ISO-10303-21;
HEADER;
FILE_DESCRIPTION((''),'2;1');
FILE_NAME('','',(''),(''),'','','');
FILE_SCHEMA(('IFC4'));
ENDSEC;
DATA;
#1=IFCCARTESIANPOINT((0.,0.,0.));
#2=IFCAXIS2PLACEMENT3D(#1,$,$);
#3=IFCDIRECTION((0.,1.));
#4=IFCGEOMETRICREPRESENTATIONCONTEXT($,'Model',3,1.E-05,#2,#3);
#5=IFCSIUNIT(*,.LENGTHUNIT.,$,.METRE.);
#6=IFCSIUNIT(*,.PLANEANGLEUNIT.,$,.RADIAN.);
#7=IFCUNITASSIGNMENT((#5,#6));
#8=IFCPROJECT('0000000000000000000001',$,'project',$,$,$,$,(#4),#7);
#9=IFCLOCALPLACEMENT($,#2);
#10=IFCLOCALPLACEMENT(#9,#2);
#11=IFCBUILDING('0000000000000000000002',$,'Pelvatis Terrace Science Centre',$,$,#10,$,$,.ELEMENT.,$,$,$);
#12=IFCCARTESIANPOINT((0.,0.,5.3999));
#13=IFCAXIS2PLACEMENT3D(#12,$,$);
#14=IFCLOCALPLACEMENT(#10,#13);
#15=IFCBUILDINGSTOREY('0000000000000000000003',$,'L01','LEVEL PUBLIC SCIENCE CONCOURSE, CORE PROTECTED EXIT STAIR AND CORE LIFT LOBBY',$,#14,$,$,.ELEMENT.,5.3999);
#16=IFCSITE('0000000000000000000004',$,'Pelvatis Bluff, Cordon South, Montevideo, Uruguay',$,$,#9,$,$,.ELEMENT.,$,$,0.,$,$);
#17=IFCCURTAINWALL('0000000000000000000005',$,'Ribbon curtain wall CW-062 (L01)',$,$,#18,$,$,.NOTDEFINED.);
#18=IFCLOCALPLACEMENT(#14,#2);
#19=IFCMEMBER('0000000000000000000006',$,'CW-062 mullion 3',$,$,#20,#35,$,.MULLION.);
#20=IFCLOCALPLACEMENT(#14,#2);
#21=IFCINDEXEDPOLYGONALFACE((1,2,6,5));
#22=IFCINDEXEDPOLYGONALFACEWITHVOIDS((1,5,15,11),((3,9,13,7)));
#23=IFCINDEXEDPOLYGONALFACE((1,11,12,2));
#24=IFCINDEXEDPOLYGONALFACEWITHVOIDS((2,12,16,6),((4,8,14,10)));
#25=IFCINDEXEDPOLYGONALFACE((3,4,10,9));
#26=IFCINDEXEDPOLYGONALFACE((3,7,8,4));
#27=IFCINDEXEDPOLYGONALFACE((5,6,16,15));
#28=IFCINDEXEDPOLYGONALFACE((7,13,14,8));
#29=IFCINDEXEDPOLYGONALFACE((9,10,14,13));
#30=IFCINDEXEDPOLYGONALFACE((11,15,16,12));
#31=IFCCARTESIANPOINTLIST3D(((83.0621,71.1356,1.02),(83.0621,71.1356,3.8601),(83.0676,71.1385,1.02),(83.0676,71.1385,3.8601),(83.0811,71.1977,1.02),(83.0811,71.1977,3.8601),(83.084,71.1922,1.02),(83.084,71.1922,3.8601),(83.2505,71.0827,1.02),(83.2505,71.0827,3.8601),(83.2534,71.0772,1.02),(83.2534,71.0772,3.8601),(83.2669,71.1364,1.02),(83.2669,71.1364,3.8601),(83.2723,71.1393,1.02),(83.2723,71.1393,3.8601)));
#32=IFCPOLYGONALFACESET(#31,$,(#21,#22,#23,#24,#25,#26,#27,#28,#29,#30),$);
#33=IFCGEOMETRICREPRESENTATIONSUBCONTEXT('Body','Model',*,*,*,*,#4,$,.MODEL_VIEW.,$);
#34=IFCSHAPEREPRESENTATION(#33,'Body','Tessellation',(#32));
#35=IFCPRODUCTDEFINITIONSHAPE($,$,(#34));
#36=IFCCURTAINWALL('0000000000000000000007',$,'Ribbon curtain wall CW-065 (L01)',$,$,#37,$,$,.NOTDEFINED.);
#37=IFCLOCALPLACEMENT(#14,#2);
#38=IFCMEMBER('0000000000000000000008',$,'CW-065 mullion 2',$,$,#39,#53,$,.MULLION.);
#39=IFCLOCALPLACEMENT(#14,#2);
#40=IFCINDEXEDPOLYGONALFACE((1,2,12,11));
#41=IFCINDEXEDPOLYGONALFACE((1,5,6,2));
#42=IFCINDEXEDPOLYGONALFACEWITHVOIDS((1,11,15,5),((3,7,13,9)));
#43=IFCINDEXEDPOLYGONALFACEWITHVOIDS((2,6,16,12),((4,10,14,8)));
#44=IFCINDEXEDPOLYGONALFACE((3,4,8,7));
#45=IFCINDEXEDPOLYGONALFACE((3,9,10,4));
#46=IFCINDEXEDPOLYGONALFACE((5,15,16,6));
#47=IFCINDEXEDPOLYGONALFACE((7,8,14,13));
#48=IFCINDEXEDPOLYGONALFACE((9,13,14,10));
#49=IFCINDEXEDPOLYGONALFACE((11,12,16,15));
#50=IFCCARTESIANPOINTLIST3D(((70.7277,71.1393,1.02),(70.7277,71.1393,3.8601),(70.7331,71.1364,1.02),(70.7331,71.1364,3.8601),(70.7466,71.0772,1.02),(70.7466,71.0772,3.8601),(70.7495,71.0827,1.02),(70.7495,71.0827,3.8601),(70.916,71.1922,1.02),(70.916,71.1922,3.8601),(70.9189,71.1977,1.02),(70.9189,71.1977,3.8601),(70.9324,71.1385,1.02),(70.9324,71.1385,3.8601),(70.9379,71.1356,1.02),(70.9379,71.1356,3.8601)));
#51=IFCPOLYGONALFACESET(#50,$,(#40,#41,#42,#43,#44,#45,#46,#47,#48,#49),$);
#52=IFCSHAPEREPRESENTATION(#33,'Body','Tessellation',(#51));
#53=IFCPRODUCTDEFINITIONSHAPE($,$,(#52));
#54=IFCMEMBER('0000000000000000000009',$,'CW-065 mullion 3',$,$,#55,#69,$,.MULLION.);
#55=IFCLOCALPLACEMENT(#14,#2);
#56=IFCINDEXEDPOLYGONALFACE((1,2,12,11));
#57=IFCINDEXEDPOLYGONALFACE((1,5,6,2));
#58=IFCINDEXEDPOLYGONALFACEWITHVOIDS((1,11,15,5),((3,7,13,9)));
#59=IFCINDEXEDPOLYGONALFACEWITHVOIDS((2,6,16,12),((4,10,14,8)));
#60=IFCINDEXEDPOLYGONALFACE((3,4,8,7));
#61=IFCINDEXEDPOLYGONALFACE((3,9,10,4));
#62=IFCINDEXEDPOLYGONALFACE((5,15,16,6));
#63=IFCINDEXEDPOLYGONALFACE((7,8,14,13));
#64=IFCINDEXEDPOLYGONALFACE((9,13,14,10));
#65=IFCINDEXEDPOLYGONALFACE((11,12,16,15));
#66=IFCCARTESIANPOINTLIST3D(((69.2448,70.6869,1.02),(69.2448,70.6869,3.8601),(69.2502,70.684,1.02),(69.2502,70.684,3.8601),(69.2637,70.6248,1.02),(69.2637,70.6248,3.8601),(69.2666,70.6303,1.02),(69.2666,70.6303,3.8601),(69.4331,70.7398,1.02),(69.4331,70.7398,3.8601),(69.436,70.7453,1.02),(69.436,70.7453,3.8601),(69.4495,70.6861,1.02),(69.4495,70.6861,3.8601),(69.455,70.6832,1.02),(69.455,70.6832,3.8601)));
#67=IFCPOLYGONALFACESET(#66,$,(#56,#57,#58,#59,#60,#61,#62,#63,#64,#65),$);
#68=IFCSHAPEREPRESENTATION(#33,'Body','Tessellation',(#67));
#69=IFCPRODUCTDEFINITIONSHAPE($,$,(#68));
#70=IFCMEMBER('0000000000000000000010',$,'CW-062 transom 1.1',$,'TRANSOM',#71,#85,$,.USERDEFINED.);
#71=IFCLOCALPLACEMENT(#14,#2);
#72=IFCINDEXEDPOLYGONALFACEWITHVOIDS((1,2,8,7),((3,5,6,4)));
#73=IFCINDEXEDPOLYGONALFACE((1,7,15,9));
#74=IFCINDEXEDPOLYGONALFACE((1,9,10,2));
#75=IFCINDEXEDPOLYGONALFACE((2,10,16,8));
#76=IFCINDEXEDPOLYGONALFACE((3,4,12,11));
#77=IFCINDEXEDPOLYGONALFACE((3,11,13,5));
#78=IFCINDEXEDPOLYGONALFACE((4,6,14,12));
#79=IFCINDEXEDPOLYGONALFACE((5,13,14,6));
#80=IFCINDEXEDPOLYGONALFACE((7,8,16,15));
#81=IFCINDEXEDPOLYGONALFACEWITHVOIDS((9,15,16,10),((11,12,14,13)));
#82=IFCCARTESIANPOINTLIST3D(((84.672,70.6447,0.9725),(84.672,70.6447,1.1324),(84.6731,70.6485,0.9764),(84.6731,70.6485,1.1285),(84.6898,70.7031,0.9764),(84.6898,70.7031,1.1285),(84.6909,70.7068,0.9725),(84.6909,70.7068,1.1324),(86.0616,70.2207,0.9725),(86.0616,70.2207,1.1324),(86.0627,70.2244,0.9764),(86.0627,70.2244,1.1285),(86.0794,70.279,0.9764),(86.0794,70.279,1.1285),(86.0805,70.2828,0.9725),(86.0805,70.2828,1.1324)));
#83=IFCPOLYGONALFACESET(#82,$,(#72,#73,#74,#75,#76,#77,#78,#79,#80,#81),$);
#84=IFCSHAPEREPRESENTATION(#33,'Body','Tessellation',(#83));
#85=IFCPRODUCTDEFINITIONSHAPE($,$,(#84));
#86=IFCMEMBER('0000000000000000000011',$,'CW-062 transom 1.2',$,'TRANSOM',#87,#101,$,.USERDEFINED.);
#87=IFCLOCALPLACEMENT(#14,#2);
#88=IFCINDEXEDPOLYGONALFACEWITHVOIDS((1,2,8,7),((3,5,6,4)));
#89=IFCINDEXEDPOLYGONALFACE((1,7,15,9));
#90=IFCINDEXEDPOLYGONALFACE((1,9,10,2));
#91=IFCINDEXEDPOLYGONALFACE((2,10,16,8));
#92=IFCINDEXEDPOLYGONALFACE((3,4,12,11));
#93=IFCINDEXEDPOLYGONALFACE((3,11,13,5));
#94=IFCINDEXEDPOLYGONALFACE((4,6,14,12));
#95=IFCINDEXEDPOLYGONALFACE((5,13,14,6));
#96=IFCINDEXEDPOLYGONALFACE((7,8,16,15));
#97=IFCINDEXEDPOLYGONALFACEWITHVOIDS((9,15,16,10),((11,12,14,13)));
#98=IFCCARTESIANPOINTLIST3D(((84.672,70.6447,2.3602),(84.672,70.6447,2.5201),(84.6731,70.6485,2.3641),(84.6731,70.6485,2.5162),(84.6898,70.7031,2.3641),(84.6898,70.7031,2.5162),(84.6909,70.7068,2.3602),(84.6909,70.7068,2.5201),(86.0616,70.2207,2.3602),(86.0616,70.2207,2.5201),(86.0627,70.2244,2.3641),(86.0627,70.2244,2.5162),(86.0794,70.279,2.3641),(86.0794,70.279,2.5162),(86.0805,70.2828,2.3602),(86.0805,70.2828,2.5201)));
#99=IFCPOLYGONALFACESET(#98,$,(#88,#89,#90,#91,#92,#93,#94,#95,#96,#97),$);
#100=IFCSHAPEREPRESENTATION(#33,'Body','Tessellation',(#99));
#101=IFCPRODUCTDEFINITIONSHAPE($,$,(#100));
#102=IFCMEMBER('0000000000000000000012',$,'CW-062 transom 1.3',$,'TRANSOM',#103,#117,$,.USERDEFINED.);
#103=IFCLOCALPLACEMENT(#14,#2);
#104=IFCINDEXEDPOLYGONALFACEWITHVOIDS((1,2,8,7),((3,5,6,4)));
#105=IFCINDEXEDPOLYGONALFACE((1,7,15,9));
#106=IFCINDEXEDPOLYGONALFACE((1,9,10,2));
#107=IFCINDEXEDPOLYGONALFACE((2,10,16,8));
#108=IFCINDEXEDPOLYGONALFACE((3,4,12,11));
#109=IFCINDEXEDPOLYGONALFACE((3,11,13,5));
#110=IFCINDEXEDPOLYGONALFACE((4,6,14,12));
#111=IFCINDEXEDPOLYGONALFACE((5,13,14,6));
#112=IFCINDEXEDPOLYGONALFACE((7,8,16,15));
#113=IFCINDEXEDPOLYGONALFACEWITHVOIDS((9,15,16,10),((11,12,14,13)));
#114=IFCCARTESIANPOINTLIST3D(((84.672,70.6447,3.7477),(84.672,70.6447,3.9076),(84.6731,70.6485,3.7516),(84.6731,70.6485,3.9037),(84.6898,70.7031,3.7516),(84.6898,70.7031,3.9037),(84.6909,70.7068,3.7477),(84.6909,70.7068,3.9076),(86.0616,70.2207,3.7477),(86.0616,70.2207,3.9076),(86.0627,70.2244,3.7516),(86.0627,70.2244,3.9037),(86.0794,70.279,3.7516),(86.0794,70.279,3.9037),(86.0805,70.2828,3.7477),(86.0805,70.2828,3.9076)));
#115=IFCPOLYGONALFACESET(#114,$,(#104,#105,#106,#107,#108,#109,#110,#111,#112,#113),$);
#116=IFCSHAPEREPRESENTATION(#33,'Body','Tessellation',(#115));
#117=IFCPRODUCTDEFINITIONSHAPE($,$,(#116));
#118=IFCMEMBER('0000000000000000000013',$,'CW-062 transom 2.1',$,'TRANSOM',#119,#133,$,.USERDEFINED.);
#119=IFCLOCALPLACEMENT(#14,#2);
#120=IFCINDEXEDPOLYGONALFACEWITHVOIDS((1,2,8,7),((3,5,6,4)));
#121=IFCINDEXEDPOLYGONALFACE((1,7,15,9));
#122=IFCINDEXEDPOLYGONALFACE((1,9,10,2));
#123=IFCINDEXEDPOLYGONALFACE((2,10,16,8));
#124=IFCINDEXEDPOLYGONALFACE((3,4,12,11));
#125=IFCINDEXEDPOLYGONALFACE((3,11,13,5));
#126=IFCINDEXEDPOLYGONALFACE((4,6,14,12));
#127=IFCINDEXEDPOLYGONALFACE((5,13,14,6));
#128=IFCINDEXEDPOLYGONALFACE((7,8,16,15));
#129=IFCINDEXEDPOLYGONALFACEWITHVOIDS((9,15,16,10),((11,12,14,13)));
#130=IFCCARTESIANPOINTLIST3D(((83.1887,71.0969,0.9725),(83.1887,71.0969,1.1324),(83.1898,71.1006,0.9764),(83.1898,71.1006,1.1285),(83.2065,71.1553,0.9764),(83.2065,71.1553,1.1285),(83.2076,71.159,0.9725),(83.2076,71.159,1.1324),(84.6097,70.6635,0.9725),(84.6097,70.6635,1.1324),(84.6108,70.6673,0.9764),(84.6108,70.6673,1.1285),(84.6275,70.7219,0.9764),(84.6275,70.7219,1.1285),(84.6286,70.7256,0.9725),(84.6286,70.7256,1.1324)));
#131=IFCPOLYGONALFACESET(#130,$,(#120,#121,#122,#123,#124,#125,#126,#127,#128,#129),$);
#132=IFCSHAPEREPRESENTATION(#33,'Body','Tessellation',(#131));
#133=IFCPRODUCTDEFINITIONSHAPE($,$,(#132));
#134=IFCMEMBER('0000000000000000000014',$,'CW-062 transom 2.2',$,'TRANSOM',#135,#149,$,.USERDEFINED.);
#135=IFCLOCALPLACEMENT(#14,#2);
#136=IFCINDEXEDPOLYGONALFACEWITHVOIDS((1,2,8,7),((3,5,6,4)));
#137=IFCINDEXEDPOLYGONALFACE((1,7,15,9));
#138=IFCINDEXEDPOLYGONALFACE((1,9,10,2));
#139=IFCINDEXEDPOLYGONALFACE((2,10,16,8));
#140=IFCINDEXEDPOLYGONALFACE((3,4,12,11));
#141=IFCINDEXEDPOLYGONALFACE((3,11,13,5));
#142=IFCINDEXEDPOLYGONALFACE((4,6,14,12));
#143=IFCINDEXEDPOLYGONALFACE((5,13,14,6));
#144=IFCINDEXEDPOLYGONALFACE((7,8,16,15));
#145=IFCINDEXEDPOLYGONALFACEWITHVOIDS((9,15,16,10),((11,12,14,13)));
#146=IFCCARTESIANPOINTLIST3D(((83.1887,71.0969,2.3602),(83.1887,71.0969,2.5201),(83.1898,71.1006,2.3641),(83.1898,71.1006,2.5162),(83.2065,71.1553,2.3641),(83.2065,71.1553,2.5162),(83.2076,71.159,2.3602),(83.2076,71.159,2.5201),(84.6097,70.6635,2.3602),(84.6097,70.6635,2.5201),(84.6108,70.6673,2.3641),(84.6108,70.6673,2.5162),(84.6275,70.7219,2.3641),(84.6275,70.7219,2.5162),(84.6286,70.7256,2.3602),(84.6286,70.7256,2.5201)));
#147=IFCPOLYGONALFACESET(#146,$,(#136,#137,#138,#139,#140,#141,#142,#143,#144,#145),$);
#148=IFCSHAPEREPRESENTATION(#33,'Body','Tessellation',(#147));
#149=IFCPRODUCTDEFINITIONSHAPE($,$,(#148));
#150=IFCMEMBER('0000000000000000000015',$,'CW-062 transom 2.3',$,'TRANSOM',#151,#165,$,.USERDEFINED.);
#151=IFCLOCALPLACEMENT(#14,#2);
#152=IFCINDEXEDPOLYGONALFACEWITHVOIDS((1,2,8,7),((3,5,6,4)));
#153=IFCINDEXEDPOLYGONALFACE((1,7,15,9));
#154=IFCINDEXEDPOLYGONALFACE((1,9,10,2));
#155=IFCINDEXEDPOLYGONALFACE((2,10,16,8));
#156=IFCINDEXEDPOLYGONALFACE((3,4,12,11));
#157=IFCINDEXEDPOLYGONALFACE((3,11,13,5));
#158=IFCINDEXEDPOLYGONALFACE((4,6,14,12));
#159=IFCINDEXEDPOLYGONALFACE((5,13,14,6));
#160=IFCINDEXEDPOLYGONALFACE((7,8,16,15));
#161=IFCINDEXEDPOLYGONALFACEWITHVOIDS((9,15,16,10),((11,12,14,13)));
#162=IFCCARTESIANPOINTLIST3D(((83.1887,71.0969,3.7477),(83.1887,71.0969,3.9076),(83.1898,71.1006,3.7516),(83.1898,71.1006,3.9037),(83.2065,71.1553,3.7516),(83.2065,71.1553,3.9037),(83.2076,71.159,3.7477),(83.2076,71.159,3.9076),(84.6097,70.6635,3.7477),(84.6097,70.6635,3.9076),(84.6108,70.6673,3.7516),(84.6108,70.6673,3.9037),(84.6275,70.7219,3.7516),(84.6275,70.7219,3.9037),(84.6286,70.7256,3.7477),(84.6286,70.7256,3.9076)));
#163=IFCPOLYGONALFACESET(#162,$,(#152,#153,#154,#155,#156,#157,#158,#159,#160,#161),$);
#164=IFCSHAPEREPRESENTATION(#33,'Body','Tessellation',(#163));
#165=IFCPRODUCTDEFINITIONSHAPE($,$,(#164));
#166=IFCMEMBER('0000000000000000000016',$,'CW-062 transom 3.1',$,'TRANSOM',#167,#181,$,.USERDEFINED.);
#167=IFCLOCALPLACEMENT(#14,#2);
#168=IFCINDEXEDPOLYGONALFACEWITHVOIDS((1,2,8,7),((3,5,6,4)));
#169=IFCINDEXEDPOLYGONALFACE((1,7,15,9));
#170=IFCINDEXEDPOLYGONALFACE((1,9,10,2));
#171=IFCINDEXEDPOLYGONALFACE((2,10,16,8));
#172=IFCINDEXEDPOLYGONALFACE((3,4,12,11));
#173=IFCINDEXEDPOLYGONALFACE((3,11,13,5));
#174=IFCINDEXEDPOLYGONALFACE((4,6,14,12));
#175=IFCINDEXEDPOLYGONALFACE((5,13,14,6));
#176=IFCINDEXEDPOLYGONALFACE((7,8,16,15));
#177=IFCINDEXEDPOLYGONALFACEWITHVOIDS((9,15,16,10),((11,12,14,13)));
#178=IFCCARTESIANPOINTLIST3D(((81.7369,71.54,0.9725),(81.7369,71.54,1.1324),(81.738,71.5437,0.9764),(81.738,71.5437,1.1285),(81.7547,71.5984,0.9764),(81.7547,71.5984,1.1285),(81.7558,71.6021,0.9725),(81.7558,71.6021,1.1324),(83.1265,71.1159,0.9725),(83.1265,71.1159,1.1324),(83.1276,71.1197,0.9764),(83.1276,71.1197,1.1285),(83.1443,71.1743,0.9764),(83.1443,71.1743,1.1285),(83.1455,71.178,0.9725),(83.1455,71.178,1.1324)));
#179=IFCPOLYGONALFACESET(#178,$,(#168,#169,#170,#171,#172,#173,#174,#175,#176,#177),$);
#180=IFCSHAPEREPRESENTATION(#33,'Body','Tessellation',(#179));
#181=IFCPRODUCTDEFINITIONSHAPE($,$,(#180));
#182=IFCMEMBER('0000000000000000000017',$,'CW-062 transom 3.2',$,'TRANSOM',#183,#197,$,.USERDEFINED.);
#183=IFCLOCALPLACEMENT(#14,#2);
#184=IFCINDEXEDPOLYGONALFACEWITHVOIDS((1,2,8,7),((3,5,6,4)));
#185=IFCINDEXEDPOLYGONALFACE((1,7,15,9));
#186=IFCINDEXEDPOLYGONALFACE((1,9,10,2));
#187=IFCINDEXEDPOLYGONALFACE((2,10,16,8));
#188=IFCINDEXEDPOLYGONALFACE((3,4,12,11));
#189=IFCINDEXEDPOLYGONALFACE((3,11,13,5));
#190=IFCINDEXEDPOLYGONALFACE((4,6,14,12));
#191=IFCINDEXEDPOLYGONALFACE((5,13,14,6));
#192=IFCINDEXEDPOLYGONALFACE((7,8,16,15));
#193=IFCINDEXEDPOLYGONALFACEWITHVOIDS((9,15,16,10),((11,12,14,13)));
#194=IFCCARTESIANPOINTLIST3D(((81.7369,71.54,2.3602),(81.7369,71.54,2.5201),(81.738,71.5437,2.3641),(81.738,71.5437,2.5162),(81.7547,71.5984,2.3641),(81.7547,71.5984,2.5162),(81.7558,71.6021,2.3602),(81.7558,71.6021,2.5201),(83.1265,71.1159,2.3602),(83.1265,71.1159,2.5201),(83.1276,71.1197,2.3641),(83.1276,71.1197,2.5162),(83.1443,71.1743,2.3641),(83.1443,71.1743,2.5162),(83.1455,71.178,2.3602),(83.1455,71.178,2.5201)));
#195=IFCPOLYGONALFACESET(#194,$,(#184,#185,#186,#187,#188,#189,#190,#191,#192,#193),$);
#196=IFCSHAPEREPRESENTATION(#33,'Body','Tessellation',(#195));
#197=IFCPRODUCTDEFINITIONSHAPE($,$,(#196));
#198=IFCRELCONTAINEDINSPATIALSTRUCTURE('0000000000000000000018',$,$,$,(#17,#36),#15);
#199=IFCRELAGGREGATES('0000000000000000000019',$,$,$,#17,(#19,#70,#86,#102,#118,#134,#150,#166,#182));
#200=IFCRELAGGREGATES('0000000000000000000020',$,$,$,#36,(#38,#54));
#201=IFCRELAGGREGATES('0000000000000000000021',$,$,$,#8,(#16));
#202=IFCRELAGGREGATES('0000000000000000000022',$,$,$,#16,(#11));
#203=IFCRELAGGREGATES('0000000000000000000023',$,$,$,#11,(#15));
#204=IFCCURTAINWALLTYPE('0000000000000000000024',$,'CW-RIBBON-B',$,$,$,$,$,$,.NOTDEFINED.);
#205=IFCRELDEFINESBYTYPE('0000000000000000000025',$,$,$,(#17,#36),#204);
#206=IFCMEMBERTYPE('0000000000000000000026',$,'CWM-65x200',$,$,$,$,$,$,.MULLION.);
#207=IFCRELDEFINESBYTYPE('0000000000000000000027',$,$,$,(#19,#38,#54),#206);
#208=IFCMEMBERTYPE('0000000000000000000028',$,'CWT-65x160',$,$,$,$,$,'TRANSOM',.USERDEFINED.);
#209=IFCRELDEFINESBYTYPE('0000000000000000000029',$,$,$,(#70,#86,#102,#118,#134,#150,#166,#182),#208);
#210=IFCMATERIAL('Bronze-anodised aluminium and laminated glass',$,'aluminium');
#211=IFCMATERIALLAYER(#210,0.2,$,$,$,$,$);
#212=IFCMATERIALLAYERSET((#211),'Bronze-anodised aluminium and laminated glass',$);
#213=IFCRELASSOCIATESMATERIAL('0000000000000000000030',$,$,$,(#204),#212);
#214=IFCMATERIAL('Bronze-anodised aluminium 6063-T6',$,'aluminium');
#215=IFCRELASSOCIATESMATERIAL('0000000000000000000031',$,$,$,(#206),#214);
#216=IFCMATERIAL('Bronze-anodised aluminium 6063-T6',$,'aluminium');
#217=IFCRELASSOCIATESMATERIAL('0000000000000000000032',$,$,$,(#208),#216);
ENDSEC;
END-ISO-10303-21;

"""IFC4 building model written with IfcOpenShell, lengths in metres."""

from ifc_helpers import new_model, si_unit, direction, frame, origin, origin_2d, place, context, subcontext, project, spatial, hollow_rectangle, extrude, material, layer, layer_set, material_profile, profile_set, type_object, element, aggregate, save


model = new_model("IFC4")

# Units and contexts
model_context = context("Model", 3, precision=1e-05, world=origin(), true_north=direction((0.0, 1.0)))
body_context = subcontext(model_context, "Body", "Model", "MODEL_VIEW")
ifc_project = project(units=[si_unit("LENGTHUNIT", "METRE"), si_unit("PLANEANGLEUNIT", "RADIAN")], contexts=[model_context])

# Site, building, storey
site_placement = place(None, origin())
site = spatial("IfcSite", under=ifc_project, at=site_placement, Name="Pelvatis Bluff, Cordon South, Montevideo, Uruguay", CompositionType="ELEMENT", RefElevation=0.0)
building_placement = place(site_placement, origin())
building = spatial("IfcBuilding", under=site, at=building_placement, Name="Pelvatis Terrace Science Centre", CompositionType="ELEMENT")
storey_placement = place(building_placement, frame((0.0, 0.0, 5.3999)))
storey = spatial("IfcBuildingStorey", under=building, at=storey_placement, Name="L01", Description="LEVEL PUBLIC SCIENCE CONCOURSE, CORE PROTECTED EXIT STAIR AND CORE LIFT LOBBY", CompositionType="ELEMENT", Elevation=5.3999)

# Curtain walls, members
ifc_material_1 = material(Name="Bronze-anodised aluminium and laminated glass", Category="aluminium")
ifc_layer_1 = layer(ifc_material_1, 0.2)
ifc_layer_set_1 = layer_set([ifc_layer_1], Name="Bronze-anodised aluminium and laminated glass")
curtain_wall_type = type_object("IfcCurtainWallType", Name="CW-RIBBON-B", PredefinedType="NOTDEFINED", material=ifc_layer_set_1)
curtain_wall_1_placement = place(storey_placement, origin())
curtain_wall_1 = element("IfcCurtainWall", 1, at=curtain_wall_1_placement, inside=storey, type_object=curtain_wall_type, Name="Ribbon curtain wall CW-062 (L01)", PredefinedType="NOTDEFINED")
ifc_material_2 = material(Name="Bronze-anodised aluminium 6063-T6", Category="aluminium")
ifc_material_profile_1 = material_profile(ifc_material_2, hollow_rectangle(XDim=0.0649, YDim=0.2, WallThickness=0.0044, at=origin_2d()), Name="ALU-MUL 65x200")
ifc_profile_set_1 = profile_set([ifc_material_profile_1], Name="Bronze-anodised aluminium 6063-T6")
member_type_1 = type_object("IfcMemberType", Name="CWM-65x200", PredefinedType="MULLION", material=ifc_profile_set_1)
member_1_placement = place(storey_placement, frame((83.1672, 71.1375, 1.02), z_axis=(0.0, 0.0, 1.0), x_axis=(-0.291751, -0.956494, 0.0)))
member_1 = element("IfcMember", 2, at=member_1_placement, type_object=member_type_1, Name="CW-062 mullion 3", PredefinedType="MULLION", context=body_context, shape_type="SweptSolid", body=[
    extrude(hollow_rectangle(XDim=0.0649, YDim=0.2, WallThickness=0.0044, at=origin_2d()), origin(), (0.0, 0.0, 1.0), 2.8401),
])
curtain_wall_2_placement = place(storey_placement, origin())
curtain_wall_2 = element("IfcCurtainWall", 3, at=curtain_wall_2_placement, inside=storey, type_object=curtain_wall_type, Name="Ribbon curtain wall CW-065 (L01)", PredefinedType="NOTDEFINED")
member_2_placement = place(storey_placement, frame((70.8328, 71.1375, 1.02), z_axis=(0.0, 0.0, 1.0), x_axis=(0.291751, -0.956494, 0.0)))
member_2 = element("IfcMember", 4, at=member_2_placement, type_object=member_type_1, Name="CW-065 mullion 2", PredefinedType="MULLION", context=body_context, shape_type="SweptSolid", body=[
    extrude(hollow_rectangle(XDim=0.0649, YDim=0.2, WallThickness=0.0044, at=origin_2d()), origin(), (0.0, 0.0, 1.0), 2.8401),
])
member_3_placement = place(storey_placement, frame((69.3499, 70.6851, 1.02), z_axis=(0.0, 0.0, 1.0), x_axis=(0.291751, -0.956494, 0.0)))
member_3 = element("IfcMember", 5, at=member_3_placement, type_object=member_type_1, Name="CW-065 mullion 3", PredefinedType="MULLION", context=body_context, shape_type="SweptSolid", body=[
    extrude(hollow_rectangle(XDim=0.0649, YDim=0.2, WallThickness=0.0044, at=origin_2d()), origin(), (0.0, 0.0, 1.0), 2.8401),
])

# Members
ifc_material_3 = material(Name="Bronze-anodised aluminium 6063-T6", Category="aluminium")
ifc_material_profile_2 = material_profile(ifc_material_3, hollow_rectangle(XDim=0.0649, YDim=0.1599, WallThickness=0.0039, at=origin_2d()), Name="ALU-TRN 65x160")
ifc_profile_set_2 = profile_set([ifc_material_profile_2], Name="Bronze-anodised aluminium 6063-T6")
member_type_2 = type_object("IfcMemberType", Name="CWT-65x160", ElementType="TRANSOM", PredefinedType="USERDEFINED", material=ifc_profile_set_2)
member_4_placement = place(storey_placement, frame((86.071, 70.2517, 1.0525), z_axis=(-0.956456, 0.291877, 0.0), x_axis=(-0.291877, -0.956456, 0.0)))
member_4 = element("IfcMember", 6, at=member_4_placement, type_object=member_type_2, Name="CW-062 transom 1.1", ObjectType="TRANSOM", PredefinedType="USERDEFINED", context=body_context, shape_type="SweptSolid", body=[
    extrude(hollow_rectangle(XDim=0.0649, YDim=0.1599, WallThickness=0.0039, at=origin_2d()), origin(), (0.0, 0.0, 1.0), 1.4529),
])
member_5_placement = place(storey_placement, frame((86.071, 70.2517, 2.4402), z_axis=(-0.956456, 0.291877, 0.0), x_axis=(-0.291877, -0.956456, 0.0)))
member_5 = element("IfcMember", 7, at=member_5_placement, type_object=member_type_2, Name="CW-062 transom 1.2", ObjectType="TRANSOM", PredefinedType="USERDEFINED", context=body_context, shape_type="SweptSolid", body=[
    extrude(hollow_rectangle(XDim=0.0649, YDim=0.1599, WallThickness=0.0039, at=origin_2d()), origin(), (0.0, 0.0, 1.0), 1.4529),
])
member_6_placement = place(storey_placement, frame((86.071, 70.2517, 3.8276), z_axis=(-0.956456, 0.291877, 0.0), x_axis=(-0.291877, -0.956456, 0.0)))
member_6 = element("IfcMember", 8, at=member_6_placement, type_object=member_type_2, Name="CW-062 transom 1.3", ObjectType="TRANSOM", PredefinedType="USERDEFINED", context=body_context, shape_type="SweptSolid", body=[
    extrude(hollow_rectangle(XDim=0.0649, YDim=0.1599, WallThickness=0.0039, at=origin_2d()), origin(), (0.0, 0.0, 1.0), 1.4529),
])
member_7_placement = place(storey_placement, frame((84.6191, 70.6946, 1.0525), z_axis=(-0.956505, 0.291717, 0.0), x_axis=(-0.291717, -0.956505, 0.0)))
member_7 = element("IfcMember", 9, at=member_7_placement, type_object=member_type_2, Name="CW-062 transom 2.1", ObjectType="TRANSOM", PredefinedType="USERDEFINED", context=body_context, shape_type="SweptSolid", body=[
    extrude(hollow_rectangle(XDim=0.0649, YDim=0.1599, WallThickness=0.0039, at=origin_2d()), origin(), (0.0, 0.0, 1.0), 1.4856),
])
member_8_placement = place(storey_placement, frame((84.6191, 70.6946, 2.4402), z_axis=(-0.956505, 0.291717, 0.0), x_axis=(-0.291717, -0.956505, 0.0)))
member_8 = element("IfcMember", 10, at=member_8_placement, type_object=member_type_2, Name="CW-062 transom 2.2", ObjectType="TRANSOM", PredefinedType="USERDEFINED", context=body_context, shape_type="SweptSolid", body=[
    extrude(hollow_rectangle(XDim=0.0649, YDim=0.1599, WallThickness=0.0039, at=origin_2d()), origin(), (0.0, 0.0, 1.0), 1.4856),
])
member_9_placement = place(storey_placement, frame((84.6191, 70.6946, 3.8276), z_axis=(-0.956505, 0.291717, 0.0), x_axis=(-0.291717, -0.956505, 0.0)))
member_9 = element("IfcMember", 11, at=member_9_placement, type_object=member_type_2, Name="CW-062 transom 2.3", ObjectType="TRANSOM", PredefinedType="USERDEFINED", context=body_context, shape_type="SweptSolid", body=[
    extrude(hollow_rectangle(XDim=0.0649, YDim=0.1599, WallThickness=0.0039, at=origin_2d()), origin(), (0.0, 0.0, 1.0), 1.4856),
])
member_10_placement = place(storey_placement, frame((83.136, 71.147, 1.0525), z_axis=(-0.956456, 0.291877, 0.0), x_axis=(-0.291877, -0.956456, 0.0)))
member_10 = element("IfcMember", 12, at=member_10_placement, type_object=member_type_2, Name="CW-062 transom 3.1", ObjectType="TRANSOM", PredefinedType="USERDEFINED", context=body_context, shape_type="SweptSolid", body=[
    extrude(hollow_rectangle(XDim=0.0649, YDim=0.1599, WallThickness=0.0039, at=origin_2d()), origin(), (0.0, 0.0, 1.0), 1.4529),
])
member_11_placement = place(storey_placement, frame((83.136, 71.147, 2.4402), z_axis=(-0.956456, 0.291877, 0.0), x_axis=(-0.291877, -0.956456, 0.0)))
member_11 = element("IfcMember", 13, at=member_11_placement, type_object=member_type_2, Name="CW-062 transom 3.2", ObjectType="TRANSOM", PredefinedType="USERDEFINED", context=body_context, shape_type="SweptSolid", body=[
    extrude(hollow_rectangle(XDim=0.0649, YDim=0.1599, WallThickness=0.0039, at=origin_2d()), origin(), (0.0, 0.0, 1.0), 1.4529),
])

aggregate(curtain_wall_1, [member_1, member_4, member_5, member_6, member_7, member_8, member_9, member_10, member_11])
aggregate(curtain_wall_2, [member_2, member_3])

save(model, "model.ifc")
